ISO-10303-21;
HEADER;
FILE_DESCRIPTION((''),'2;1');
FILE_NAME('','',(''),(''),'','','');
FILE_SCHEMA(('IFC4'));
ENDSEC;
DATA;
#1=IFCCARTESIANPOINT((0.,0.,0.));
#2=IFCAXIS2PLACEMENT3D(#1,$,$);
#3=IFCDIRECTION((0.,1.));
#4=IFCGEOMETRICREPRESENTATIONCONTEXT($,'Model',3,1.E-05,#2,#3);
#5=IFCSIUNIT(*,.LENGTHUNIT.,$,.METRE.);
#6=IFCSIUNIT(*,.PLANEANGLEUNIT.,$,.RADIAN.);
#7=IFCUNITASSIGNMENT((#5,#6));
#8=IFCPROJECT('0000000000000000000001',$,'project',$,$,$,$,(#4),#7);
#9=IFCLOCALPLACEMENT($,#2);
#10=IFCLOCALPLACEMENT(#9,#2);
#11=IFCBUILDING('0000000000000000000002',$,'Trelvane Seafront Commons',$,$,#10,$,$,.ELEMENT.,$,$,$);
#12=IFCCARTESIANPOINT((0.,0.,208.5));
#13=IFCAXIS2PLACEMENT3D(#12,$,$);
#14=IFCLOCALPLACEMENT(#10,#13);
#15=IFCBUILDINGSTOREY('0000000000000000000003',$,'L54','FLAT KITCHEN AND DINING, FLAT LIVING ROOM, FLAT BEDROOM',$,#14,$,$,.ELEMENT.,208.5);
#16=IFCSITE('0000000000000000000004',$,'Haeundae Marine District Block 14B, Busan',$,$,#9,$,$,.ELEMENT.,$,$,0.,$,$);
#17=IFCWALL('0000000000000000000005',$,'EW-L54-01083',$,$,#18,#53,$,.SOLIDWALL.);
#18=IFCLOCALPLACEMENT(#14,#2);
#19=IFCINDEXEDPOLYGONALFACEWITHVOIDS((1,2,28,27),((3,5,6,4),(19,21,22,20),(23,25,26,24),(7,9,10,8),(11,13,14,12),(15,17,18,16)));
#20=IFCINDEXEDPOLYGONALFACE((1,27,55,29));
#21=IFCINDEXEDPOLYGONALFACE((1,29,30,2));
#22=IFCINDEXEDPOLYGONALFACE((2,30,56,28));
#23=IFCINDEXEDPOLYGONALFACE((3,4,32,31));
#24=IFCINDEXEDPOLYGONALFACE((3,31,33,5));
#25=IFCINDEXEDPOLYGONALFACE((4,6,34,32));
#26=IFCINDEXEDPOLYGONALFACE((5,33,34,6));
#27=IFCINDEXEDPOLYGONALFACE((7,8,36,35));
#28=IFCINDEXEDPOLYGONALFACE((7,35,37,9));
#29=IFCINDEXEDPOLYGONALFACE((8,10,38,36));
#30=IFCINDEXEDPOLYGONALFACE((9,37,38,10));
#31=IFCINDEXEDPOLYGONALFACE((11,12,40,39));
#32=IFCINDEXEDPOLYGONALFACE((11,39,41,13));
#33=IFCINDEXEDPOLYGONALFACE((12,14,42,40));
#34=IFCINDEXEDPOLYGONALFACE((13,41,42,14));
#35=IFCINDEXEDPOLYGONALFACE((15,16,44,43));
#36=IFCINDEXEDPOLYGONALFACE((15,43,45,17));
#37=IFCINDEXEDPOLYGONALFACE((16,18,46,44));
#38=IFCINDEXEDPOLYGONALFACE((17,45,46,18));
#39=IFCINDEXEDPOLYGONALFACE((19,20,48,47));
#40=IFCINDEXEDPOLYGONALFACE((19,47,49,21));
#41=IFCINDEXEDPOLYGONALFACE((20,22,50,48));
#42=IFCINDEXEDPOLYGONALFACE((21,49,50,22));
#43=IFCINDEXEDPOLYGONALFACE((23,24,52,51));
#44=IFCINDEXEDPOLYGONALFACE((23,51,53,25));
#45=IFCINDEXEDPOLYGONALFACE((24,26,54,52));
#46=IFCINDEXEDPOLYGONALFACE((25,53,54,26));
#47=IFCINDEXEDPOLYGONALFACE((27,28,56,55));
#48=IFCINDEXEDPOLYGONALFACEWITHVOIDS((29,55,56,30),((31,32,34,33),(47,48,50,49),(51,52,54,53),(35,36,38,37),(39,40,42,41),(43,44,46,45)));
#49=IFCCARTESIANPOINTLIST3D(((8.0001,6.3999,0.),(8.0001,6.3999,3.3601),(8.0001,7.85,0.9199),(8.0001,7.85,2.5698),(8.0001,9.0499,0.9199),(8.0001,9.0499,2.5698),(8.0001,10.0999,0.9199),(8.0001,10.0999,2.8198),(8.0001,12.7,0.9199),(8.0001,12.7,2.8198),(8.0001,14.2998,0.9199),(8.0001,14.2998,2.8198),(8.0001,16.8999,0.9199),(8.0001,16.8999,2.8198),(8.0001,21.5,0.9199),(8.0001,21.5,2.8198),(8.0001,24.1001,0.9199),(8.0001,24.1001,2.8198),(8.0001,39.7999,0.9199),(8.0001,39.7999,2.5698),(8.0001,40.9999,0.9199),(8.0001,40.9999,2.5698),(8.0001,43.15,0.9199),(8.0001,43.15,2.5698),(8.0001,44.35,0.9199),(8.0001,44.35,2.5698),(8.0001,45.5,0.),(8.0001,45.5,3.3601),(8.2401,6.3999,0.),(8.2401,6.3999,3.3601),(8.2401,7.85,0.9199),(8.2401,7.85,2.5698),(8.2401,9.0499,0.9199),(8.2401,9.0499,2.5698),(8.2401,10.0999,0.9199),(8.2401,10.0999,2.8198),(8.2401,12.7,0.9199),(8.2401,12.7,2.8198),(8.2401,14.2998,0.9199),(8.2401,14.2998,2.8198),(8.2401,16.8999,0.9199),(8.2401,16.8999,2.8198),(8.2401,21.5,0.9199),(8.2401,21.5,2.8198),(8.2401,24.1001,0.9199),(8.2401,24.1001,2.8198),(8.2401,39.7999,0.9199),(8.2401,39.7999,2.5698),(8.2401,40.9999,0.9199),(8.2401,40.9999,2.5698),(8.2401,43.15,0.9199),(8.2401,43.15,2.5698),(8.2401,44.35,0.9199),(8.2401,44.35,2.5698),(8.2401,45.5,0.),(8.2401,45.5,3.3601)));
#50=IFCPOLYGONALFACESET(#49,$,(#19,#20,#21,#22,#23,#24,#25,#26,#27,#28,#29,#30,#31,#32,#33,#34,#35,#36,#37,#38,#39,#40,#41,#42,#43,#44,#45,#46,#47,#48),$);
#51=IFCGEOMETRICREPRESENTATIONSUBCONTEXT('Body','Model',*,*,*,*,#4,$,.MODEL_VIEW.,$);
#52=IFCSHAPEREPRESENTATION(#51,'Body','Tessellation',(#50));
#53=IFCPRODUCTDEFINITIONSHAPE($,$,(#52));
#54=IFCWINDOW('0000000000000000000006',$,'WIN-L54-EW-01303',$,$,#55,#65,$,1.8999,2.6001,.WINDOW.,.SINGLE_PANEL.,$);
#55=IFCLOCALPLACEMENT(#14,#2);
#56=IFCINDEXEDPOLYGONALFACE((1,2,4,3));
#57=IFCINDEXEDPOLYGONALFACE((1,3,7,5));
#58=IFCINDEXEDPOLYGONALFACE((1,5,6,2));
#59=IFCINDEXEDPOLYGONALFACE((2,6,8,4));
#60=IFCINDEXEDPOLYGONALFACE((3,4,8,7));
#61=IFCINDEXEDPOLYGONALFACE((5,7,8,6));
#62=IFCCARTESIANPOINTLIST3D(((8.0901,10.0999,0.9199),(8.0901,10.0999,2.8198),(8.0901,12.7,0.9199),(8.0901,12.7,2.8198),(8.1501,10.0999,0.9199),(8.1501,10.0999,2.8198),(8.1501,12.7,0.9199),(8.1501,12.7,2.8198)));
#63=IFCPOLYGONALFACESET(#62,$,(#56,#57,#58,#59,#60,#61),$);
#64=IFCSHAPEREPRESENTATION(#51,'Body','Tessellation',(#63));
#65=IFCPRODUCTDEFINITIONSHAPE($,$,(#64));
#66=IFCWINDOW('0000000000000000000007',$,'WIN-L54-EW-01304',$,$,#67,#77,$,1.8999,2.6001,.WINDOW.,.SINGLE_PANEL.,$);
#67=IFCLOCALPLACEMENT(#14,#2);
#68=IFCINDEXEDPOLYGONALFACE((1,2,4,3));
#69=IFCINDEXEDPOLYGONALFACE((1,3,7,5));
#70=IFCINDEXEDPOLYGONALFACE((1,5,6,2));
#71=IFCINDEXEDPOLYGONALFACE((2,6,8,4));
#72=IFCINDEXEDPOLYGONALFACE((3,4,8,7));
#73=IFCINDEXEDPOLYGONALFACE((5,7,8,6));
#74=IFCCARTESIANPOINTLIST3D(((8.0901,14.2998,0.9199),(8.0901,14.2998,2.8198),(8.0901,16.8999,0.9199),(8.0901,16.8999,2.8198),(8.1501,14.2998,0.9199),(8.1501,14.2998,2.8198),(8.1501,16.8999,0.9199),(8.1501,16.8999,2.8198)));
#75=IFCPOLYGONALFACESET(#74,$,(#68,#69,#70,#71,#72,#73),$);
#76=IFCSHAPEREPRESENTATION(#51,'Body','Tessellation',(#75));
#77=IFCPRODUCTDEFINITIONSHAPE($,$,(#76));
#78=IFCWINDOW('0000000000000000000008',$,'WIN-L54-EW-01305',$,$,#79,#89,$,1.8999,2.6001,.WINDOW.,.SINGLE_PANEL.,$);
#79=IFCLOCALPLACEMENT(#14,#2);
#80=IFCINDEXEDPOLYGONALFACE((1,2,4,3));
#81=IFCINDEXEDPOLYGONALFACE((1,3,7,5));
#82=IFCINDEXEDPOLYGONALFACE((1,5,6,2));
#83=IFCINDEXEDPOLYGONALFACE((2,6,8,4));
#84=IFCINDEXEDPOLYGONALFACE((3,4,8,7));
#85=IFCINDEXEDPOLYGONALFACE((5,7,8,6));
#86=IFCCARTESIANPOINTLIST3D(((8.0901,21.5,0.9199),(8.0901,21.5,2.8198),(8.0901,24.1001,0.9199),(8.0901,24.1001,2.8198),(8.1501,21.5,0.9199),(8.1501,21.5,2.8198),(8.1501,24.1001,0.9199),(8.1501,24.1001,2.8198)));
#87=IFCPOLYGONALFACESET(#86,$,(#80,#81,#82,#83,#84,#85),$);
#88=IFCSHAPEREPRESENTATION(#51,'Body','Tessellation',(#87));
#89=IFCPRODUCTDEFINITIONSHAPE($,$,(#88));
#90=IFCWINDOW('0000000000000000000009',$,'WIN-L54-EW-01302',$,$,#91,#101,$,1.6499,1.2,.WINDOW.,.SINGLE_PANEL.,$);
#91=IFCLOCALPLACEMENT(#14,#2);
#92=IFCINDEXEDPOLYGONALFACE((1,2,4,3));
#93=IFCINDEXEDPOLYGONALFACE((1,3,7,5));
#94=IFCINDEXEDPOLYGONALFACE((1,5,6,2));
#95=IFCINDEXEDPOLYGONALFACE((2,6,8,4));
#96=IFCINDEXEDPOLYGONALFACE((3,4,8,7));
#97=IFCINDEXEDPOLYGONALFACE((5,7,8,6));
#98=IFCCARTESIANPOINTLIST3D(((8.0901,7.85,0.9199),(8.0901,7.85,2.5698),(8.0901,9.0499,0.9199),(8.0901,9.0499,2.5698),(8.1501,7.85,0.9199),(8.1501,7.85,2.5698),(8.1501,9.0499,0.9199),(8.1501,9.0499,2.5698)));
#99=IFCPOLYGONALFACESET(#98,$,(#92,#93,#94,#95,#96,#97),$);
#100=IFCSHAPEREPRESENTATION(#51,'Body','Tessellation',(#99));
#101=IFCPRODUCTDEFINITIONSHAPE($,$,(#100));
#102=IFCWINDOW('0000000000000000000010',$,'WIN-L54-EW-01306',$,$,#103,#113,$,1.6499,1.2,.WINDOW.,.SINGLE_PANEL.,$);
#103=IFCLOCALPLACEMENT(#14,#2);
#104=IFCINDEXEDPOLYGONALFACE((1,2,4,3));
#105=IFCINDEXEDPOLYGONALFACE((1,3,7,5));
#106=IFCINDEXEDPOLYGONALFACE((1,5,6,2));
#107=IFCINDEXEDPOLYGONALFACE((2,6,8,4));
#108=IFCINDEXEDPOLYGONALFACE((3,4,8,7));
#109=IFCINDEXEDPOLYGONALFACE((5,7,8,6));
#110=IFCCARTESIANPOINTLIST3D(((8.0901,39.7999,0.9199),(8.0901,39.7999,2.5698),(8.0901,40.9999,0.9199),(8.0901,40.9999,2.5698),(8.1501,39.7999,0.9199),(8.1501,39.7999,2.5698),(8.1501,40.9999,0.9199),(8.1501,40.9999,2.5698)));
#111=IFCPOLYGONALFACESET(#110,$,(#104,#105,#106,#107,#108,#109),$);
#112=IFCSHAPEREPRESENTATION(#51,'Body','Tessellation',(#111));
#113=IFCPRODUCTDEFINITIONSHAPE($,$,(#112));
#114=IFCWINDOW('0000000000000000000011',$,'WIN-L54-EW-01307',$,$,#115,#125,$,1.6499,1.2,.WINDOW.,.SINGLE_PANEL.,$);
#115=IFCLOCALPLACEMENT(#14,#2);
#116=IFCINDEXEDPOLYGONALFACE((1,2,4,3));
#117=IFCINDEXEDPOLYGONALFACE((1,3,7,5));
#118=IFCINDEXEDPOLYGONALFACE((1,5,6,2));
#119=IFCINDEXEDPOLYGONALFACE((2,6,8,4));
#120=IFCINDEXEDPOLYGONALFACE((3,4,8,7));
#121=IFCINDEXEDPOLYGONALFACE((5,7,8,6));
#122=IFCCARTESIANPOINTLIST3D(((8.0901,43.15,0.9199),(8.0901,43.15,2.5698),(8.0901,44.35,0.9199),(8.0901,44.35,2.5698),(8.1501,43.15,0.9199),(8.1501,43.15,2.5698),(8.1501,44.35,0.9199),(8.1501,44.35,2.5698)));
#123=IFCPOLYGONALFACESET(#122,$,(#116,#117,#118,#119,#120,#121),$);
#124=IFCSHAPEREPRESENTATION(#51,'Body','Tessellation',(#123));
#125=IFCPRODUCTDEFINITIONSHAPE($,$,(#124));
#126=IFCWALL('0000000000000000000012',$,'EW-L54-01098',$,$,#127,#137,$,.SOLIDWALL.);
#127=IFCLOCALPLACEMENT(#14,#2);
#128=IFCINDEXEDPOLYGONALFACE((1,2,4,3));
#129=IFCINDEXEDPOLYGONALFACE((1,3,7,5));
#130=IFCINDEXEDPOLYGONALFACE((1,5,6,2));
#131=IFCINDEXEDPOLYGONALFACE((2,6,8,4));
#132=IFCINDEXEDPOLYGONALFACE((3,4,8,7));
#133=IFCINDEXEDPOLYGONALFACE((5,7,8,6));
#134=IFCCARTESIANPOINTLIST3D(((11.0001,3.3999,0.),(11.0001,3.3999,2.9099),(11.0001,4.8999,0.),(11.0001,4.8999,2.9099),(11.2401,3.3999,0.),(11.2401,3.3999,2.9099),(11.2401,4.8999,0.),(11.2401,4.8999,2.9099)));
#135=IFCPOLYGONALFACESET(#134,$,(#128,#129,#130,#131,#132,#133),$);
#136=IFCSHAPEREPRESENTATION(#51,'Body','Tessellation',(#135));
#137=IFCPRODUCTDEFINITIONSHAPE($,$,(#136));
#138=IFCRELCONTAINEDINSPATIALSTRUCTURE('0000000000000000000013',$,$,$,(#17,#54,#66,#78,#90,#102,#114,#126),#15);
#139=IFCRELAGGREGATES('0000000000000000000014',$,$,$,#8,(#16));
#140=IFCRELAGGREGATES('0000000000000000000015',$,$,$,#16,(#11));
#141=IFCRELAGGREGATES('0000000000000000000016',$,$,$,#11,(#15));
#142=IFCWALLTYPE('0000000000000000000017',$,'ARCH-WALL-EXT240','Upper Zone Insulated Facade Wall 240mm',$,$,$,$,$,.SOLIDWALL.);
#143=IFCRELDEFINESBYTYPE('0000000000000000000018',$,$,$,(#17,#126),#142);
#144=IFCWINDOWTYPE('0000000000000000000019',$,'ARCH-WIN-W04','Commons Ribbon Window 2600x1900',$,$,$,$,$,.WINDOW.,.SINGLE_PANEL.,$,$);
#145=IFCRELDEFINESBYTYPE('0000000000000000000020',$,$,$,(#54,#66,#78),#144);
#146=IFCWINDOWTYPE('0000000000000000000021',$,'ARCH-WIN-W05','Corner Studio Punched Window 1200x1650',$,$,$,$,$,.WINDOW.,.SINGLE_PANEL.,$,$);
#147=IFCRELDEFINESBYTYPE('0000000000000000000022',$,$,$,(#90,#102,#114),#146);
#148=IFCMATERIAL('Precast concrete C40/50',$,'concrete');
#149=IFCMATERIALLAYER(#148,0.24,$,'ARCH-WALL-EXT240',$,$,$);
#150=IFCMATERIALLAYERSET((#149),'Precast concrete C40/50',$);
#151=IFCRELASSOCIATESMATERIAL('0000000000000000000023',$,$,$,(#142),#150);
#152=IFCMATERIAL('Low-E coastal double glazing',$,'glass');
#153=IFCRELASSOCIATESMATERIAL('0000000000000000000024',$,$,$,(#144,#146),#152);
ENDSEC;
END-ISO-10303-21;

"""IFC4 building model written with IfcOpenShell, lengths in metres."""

from ifc_helpers import new_model, si_unit, direction, frame, frame_2d, origin, place, context, subcontext, project, spatial, rectangle, extrude, source, transform, mapped, material, layer, layer_set, type_object, element, fill, save


model = new_model("IFC4")

# Units and contexts
model_context = context("Model", 3, precision=1e-05, world=origin(), true_north=direction((0.0, 1.0)))
body_context = subcontext(model_context, "Body", "Model", "MODEL_VIEW")
ifc_project = project(units=[si_unit("LENGTHUNIT", "METRE"), si_unit("PLANEANGLEUNIT", "RADIAN")], contexts=[model_context])

# Site, building, storey
site_placement = place(None, origin())
site = spatial("IfcSite", under=ifc_project, at=site_placement, Name="Haeundae Marine District Block 14B, Busan", CompositionType="ELEMENT", RefElevation=0.0)
building_placement = place(site_placement, origin())
building = spatial("IfcBuilding", under=site, at=building_placement, Name="Trelvane Seafront Commons", CompositionType="ELEMENT")
storey_placement = place(building_placement, frame((0.0, 0.0, 208.5)))
storey = spatial("IfcBuildingStorey", under=building, at=storey_placement, Name="L54", Description="FLAT KITCHEN AND DINING, FLAT LIVING ROOM, FLAT BEDROOM", CompositionType="ELEMENT", Elevation=208.5)

# Shared definitions
ifc_material_1 = material(Name="Precast concrete C40/50", Category="concrete")
ifc_layer_1 = layer(ifc_material_1, 0.24, Name="ARCH-WALL-EXT240")
ifc_layer_set_1 = layer_set([ifc_layer_1], Name="Precast concrete C40/50")
wall_type_1 = type_object("IfcWallType", Name="ARCH-WALL-EXT240", Description="Upper Zone Insulated Facade Wall 240mm", PredefinedType="SOLIDWALL", material=ifc_layer_set_1)

# Wall, openings, windows
wall_1_placement = place(storey_placement, frame((8.1201, 6.3999, 0.0), z_axis=(0.0, 0.0, 1.0), x_axis=(0.0, 1.0, 0.0)))
wall_1 = element("IfcWall", 1, at=wall_1_placement, inside=storey, type_object=wall_type_1, Name="EW-L54-01083", PredefinedType="SOLIDWALL", context=body_context, shape_type="SweptSolid", body=[
    extrude(rectangle(XDim=39.1001, YDim=0.24, at=frame_2d((19.55, 0.0))), origin(), (0.0, 0.0, 1.0), 3.3601),
])
opening_1_placement = place(wall_1_placement, frame((1.45, 0.0, 0.9199)))
opening_1 = element("IfcOpeningElement", 2, at=opening_1_placement, cuts=wall_1, PredefinedType="OPENING", context=body_context, shape_type="SweptSolid", body=[
    extrude(rectangle(XDim=1.2, YDim=1.6499, at=frame_2d((0.6001, 0.825))), frame((0.0, 0.1299, 0.0), z_axis=(0.0, -1.0, 0.0), x_axis=(1.0, 0.0, 0.0)), (0.0, 0.0, 1.0), 0.26),
])
opening_2_placement = place(wall_1_placement, frame((3.7, 0.0, 0.9199)))
opening_2 = element("IfcOpeningElement", 3, at=opening_2_placement, cuts=wall_1, PredefinedType="OPENING", context=body_context, shape_type="SweptSolid", body=[
    extrude(rectangle(XDim=2.6001, YDim=1.8999, at=frame_2d((1.3, 0.95))), frame((0.0, 0.1299, 0.0), z_axis=(0.0, -1.0, 0.0), x_axis=(1.0, 0.0, 0.0)), (0.0, 0.0, 1.0), 0.26),
])
opening_3_placement = place(wall_1_placement, frame((7.8999, 0.0, 0.9199)))
opening_3 = element("IfcOpeningElement", 4, at=opening_3_placement, cuts=wall_1, PredefinedType="OPENING", context=body_context, shape_type="SweptSolid", body=[
    extrude(rectangle(XDim=2.6001, YDim=1.8999, at=frame_2d((1.3, 0.95))), frame((0.0, 0.1299, 0.0), z_axis=(0.0, -1.0, 0.0), x_axis=(1.0, 0.0, 0.0)), (0.0, 0.0, 1.0), 0.26),
])
opening_4_placement = place(wall_1_placement, frame((15.1001, 0.0, 0.9199)))
opening_4 = element("IfcOpeningElement", 5, at=opening_4_placement, cuts=wall_1, PredefinedType="OPENING", context=body_context, shape_type="SweptSolid", body=[
    extrude(rectangle(XDim=2.6001, YDim=1.8999, at=frame_2d((1.3, 0.95))), frame((0.0, 0.1299, 0.0), z_axis=(0.0, -1.0, 0.0), x_axis=(1.0, 0.0, 0.0)), (0.0, 0.0, 1.0), 0.26),
])
opening_5_placement = place(wall_1_placement, frame((33.3999, 0.0, 0.9199)))
opening_5 = element("IfcOpeningElement", 6, at=opening_5_placement, cuts=wall_1, PredefinedType="OPENING", context=body_context, shape_type="SweptSolid", body=[
    extrude(rectangle(XDim=1.2, YDim=1.6499, at=frame_2d((0.6001, 0.825))), frame((0.0, 0.1299, 0.0), z_axis=(0.0, -1.0, 0.0), x_axis=(1.0, 0.0, 0.0)), (0.0, 0.0, 1.0), 0.26),
])
opening_6_placement = place(wall_1_placement, frame((36.75, 0.0, 0.9199)))
opening_6 = element("IfcOpeningElement", 7, at=opening_6_placement, cuts=wall_1, PredefinedType="OPENING", context=body_context, shape_type="SweptSolid", body=[
    extrude(rectangle(XDim=1.2, YDim=1.6499, at=frame_2d((0.6001, 0.825))), frame((0.0, 0.1299, 0.0), z_axis=(0.0, -1.0, 0.0), x_axis=(1.0, 0.0, 0.0)), (0.0, 0.0, 1.0), 0.26),
])
ifc_material_2 = material(Name="Low-E coastal double glazing", Category="glass")
window_type_1 = type_object("IfcWindowType", Name="ARCH-WIN-W04", Description="Commons Ribbon Window 2600x1900", PartitioningType="SINGLE_PANEL", PredefinedType="WINDOW", material=ifc_material_2)
shared_shape_1 = source(origin(), body_context, "Body", "SweptSolid", [
    extrude(rectangle(XDim=2.6001, YDim=1.8999, at=frame_2d((1.3, 0.95))), frame((0.0, 0.03, 0.0), z_axis=(0.0, -1.0, 0.0), x_axis=(1.0, 0.0, 0.0)), (0.0, 0.0, 1.0), 0.0601),
])
window_1_placement = place(opening_2_placement, origin())
window_1 = element("IfcWindow", 8, at=window_1_placement, inside=storey, type_object=window_type_1, Name="WIN-L54-EW-01303", OverallHeight=1.8999, OverallWidth=2.6001, PartitioningType="SINGLE_PANEL", PredefinedType="WINDOW", context=body_context, shape_type="MappedRepresentation", body=[
    mapped(shared_shape_1, transform((0.0, 0.0, 0.0), x_axis=(1.0, 0.0, 0.0), y_axis=(0.0, 1.0, 0.0), z_axis=(0.0, 0.0, 1.0), scale=1.0)),
])
fill(opening_2, window_1)
window_2_placement = place(opening_3_placement, origin())
window_2 = element("IfcWindow", 9, at=window_2_placement, inside=storey, type_object=window_type_1, Name="WIN-L54-EW-01304", OverallHeight=1.8999, OverallWidth=2.6001, PartitioningType="SINGLE_PANEL", PredefinedType="WINDOW", context=body_context, shape_type="MappedRepresentation", body=[
    mapped(shared_shape_1, transform((0.0, 0.0, 0.0), x_axis=(1.0, 0.0, 0.0), y_axis=(0.0, 1.0, 0.0), z_axis=(0.0, 0.0, 1.0), scale=1.0)),
])
fill(opening_3, window_2)
window_3_placement = place(opening_4_placement, origin())
window_3 = element("IfcWindow", 10, at=window_3_placement, inside=storey, type_object=window_type_1, Name="WIN-L54-EW-01305", OverallHeight=1.8999, OverallWidth=2.6001, PartitioningType="SINGLE_PANEL", PredefinedType="WINDOW", context=body_context, shape_type="MappedRepresentation", body=[
    mapped(shared_shape_1, transform((0.0, 0.0, 0.0), x_axis=(1.0, 0.0, 0.0), y_axis=(0.0, 1.0, 0.0), z_axis=(0.0, 0.0, 1.0), scale=1.0)),
])
fill(opening_4, window_3)
window_type_2 = type_object("IfcWindowType", Name="ARCH-WIN-W05", Description="Corner Studio Punched Window 1200x1650", PartitioningType="SINGLE_PANEL", PredefinedType="WINDOW", material=ifc_material_2)
shared_shape_2 = source(origin(), body_context, "Body", "SweptSolid", [
    extrude(rectangle(XDim=1.2, YDim=1.6499, at=frame_2d((0.6001, 0.825))), frame((0.0, 0.03, 0.0), z_axis=(0.0, -1.0, 0.0), x_axis=(1.0, 0.0, 0.0)), (0.0, 0.0, 1.0), 0.0601),
])
window_4_placement = place(opening_1_placement, origin())
window_4 = element("IfcWindow", 11, at=window_4_placement, inside=storey, type_object=window_type_2, Name="WIN-L54-EW-01302", OverallHeight=1.6499, OverallWidth=1.2, PartitioningType="SINGLE_PANEL", PredefinedType="WINDOW", context=body_context, shape_type="MappedRepresentation", body=[
    mapped(shared_shape_2, transform((0.0, 0.0, 0.0), x_axis=(1.0, 0.0, 0.0), y_axis=(0.0, 1.0, 0.0), z_axis=(0.0, 0.0, 1.0), scale=1.0)),
])
fill(opening_1, window_4)
window_5_placement = place(opening_5_placement, origin())
window_5 = element("IfcWindow", 12, at=window_5_placement, inside=storey, type_object=window_type_2, Name="WIN-L54-EW-01306", OverallHeight=1.6499, OverallWidth=1.2, PartitioningType="SINGLE_PANEL", PredefinedType="WINDOW", context=body_context, shape_type="MappedRepresentation", body=[
    mapped(shared_shape_2, transform((0.0, 0.0, 0.0), x_axis=(1.0, 0.0, 0.0), y_axis=(0.0, 1.0, 0.0), z_axis=(0.0, 0.0, 1.0), scale=1.0)),
])
fill(opening_5, window_5)
window_6_placement = place(opening_6_placement, origin())
window_6 = element("IfcWindow", 13, at=window_6_placement, inside=storey, type_object=window_type_2, Name="WIN-L54-EW-01307", OverallHeight=1.6499, OverallWidth=1.2, PartitioningType="SINGLE_PANEL", PredefinedType="WINDOW", context=body_context, shape_type="MappedRepresentation", body=[
    mapped(shared_shape_2, transform((0.0, 0.0, 0.0), x_axis=(1.0, 0.0, 0.0), y_axis=(0.0, 1.0, 0.0), z_axis=(0.0, 0.0, 1.0), scale=1.0)),
])
fill(opening_6, window_6)

# Wall
wall_2_placement = place(storey_placement, frame((11.1201, 3.3999, 0.0), z_axis=(0.0, 0.0, 1.0), x_axis=(0.0, 1.0, 0.0)))
element("IfcWall", 14, at=wall_2_placement, inside=storey, type_object=wall_type_1, Name="EW-L54-01098", PredefinedType="SOLIDWALL", context=body_context, shape_type="SweptSolid", body=[
    extrude(rectangle(XDim=1.5, YDim=0.24, at=frame_2d((0.75, 0.0))), origin(), (0.0, 0.0, 1.0), 2.9099),
])

save(model, "model.ifc")
